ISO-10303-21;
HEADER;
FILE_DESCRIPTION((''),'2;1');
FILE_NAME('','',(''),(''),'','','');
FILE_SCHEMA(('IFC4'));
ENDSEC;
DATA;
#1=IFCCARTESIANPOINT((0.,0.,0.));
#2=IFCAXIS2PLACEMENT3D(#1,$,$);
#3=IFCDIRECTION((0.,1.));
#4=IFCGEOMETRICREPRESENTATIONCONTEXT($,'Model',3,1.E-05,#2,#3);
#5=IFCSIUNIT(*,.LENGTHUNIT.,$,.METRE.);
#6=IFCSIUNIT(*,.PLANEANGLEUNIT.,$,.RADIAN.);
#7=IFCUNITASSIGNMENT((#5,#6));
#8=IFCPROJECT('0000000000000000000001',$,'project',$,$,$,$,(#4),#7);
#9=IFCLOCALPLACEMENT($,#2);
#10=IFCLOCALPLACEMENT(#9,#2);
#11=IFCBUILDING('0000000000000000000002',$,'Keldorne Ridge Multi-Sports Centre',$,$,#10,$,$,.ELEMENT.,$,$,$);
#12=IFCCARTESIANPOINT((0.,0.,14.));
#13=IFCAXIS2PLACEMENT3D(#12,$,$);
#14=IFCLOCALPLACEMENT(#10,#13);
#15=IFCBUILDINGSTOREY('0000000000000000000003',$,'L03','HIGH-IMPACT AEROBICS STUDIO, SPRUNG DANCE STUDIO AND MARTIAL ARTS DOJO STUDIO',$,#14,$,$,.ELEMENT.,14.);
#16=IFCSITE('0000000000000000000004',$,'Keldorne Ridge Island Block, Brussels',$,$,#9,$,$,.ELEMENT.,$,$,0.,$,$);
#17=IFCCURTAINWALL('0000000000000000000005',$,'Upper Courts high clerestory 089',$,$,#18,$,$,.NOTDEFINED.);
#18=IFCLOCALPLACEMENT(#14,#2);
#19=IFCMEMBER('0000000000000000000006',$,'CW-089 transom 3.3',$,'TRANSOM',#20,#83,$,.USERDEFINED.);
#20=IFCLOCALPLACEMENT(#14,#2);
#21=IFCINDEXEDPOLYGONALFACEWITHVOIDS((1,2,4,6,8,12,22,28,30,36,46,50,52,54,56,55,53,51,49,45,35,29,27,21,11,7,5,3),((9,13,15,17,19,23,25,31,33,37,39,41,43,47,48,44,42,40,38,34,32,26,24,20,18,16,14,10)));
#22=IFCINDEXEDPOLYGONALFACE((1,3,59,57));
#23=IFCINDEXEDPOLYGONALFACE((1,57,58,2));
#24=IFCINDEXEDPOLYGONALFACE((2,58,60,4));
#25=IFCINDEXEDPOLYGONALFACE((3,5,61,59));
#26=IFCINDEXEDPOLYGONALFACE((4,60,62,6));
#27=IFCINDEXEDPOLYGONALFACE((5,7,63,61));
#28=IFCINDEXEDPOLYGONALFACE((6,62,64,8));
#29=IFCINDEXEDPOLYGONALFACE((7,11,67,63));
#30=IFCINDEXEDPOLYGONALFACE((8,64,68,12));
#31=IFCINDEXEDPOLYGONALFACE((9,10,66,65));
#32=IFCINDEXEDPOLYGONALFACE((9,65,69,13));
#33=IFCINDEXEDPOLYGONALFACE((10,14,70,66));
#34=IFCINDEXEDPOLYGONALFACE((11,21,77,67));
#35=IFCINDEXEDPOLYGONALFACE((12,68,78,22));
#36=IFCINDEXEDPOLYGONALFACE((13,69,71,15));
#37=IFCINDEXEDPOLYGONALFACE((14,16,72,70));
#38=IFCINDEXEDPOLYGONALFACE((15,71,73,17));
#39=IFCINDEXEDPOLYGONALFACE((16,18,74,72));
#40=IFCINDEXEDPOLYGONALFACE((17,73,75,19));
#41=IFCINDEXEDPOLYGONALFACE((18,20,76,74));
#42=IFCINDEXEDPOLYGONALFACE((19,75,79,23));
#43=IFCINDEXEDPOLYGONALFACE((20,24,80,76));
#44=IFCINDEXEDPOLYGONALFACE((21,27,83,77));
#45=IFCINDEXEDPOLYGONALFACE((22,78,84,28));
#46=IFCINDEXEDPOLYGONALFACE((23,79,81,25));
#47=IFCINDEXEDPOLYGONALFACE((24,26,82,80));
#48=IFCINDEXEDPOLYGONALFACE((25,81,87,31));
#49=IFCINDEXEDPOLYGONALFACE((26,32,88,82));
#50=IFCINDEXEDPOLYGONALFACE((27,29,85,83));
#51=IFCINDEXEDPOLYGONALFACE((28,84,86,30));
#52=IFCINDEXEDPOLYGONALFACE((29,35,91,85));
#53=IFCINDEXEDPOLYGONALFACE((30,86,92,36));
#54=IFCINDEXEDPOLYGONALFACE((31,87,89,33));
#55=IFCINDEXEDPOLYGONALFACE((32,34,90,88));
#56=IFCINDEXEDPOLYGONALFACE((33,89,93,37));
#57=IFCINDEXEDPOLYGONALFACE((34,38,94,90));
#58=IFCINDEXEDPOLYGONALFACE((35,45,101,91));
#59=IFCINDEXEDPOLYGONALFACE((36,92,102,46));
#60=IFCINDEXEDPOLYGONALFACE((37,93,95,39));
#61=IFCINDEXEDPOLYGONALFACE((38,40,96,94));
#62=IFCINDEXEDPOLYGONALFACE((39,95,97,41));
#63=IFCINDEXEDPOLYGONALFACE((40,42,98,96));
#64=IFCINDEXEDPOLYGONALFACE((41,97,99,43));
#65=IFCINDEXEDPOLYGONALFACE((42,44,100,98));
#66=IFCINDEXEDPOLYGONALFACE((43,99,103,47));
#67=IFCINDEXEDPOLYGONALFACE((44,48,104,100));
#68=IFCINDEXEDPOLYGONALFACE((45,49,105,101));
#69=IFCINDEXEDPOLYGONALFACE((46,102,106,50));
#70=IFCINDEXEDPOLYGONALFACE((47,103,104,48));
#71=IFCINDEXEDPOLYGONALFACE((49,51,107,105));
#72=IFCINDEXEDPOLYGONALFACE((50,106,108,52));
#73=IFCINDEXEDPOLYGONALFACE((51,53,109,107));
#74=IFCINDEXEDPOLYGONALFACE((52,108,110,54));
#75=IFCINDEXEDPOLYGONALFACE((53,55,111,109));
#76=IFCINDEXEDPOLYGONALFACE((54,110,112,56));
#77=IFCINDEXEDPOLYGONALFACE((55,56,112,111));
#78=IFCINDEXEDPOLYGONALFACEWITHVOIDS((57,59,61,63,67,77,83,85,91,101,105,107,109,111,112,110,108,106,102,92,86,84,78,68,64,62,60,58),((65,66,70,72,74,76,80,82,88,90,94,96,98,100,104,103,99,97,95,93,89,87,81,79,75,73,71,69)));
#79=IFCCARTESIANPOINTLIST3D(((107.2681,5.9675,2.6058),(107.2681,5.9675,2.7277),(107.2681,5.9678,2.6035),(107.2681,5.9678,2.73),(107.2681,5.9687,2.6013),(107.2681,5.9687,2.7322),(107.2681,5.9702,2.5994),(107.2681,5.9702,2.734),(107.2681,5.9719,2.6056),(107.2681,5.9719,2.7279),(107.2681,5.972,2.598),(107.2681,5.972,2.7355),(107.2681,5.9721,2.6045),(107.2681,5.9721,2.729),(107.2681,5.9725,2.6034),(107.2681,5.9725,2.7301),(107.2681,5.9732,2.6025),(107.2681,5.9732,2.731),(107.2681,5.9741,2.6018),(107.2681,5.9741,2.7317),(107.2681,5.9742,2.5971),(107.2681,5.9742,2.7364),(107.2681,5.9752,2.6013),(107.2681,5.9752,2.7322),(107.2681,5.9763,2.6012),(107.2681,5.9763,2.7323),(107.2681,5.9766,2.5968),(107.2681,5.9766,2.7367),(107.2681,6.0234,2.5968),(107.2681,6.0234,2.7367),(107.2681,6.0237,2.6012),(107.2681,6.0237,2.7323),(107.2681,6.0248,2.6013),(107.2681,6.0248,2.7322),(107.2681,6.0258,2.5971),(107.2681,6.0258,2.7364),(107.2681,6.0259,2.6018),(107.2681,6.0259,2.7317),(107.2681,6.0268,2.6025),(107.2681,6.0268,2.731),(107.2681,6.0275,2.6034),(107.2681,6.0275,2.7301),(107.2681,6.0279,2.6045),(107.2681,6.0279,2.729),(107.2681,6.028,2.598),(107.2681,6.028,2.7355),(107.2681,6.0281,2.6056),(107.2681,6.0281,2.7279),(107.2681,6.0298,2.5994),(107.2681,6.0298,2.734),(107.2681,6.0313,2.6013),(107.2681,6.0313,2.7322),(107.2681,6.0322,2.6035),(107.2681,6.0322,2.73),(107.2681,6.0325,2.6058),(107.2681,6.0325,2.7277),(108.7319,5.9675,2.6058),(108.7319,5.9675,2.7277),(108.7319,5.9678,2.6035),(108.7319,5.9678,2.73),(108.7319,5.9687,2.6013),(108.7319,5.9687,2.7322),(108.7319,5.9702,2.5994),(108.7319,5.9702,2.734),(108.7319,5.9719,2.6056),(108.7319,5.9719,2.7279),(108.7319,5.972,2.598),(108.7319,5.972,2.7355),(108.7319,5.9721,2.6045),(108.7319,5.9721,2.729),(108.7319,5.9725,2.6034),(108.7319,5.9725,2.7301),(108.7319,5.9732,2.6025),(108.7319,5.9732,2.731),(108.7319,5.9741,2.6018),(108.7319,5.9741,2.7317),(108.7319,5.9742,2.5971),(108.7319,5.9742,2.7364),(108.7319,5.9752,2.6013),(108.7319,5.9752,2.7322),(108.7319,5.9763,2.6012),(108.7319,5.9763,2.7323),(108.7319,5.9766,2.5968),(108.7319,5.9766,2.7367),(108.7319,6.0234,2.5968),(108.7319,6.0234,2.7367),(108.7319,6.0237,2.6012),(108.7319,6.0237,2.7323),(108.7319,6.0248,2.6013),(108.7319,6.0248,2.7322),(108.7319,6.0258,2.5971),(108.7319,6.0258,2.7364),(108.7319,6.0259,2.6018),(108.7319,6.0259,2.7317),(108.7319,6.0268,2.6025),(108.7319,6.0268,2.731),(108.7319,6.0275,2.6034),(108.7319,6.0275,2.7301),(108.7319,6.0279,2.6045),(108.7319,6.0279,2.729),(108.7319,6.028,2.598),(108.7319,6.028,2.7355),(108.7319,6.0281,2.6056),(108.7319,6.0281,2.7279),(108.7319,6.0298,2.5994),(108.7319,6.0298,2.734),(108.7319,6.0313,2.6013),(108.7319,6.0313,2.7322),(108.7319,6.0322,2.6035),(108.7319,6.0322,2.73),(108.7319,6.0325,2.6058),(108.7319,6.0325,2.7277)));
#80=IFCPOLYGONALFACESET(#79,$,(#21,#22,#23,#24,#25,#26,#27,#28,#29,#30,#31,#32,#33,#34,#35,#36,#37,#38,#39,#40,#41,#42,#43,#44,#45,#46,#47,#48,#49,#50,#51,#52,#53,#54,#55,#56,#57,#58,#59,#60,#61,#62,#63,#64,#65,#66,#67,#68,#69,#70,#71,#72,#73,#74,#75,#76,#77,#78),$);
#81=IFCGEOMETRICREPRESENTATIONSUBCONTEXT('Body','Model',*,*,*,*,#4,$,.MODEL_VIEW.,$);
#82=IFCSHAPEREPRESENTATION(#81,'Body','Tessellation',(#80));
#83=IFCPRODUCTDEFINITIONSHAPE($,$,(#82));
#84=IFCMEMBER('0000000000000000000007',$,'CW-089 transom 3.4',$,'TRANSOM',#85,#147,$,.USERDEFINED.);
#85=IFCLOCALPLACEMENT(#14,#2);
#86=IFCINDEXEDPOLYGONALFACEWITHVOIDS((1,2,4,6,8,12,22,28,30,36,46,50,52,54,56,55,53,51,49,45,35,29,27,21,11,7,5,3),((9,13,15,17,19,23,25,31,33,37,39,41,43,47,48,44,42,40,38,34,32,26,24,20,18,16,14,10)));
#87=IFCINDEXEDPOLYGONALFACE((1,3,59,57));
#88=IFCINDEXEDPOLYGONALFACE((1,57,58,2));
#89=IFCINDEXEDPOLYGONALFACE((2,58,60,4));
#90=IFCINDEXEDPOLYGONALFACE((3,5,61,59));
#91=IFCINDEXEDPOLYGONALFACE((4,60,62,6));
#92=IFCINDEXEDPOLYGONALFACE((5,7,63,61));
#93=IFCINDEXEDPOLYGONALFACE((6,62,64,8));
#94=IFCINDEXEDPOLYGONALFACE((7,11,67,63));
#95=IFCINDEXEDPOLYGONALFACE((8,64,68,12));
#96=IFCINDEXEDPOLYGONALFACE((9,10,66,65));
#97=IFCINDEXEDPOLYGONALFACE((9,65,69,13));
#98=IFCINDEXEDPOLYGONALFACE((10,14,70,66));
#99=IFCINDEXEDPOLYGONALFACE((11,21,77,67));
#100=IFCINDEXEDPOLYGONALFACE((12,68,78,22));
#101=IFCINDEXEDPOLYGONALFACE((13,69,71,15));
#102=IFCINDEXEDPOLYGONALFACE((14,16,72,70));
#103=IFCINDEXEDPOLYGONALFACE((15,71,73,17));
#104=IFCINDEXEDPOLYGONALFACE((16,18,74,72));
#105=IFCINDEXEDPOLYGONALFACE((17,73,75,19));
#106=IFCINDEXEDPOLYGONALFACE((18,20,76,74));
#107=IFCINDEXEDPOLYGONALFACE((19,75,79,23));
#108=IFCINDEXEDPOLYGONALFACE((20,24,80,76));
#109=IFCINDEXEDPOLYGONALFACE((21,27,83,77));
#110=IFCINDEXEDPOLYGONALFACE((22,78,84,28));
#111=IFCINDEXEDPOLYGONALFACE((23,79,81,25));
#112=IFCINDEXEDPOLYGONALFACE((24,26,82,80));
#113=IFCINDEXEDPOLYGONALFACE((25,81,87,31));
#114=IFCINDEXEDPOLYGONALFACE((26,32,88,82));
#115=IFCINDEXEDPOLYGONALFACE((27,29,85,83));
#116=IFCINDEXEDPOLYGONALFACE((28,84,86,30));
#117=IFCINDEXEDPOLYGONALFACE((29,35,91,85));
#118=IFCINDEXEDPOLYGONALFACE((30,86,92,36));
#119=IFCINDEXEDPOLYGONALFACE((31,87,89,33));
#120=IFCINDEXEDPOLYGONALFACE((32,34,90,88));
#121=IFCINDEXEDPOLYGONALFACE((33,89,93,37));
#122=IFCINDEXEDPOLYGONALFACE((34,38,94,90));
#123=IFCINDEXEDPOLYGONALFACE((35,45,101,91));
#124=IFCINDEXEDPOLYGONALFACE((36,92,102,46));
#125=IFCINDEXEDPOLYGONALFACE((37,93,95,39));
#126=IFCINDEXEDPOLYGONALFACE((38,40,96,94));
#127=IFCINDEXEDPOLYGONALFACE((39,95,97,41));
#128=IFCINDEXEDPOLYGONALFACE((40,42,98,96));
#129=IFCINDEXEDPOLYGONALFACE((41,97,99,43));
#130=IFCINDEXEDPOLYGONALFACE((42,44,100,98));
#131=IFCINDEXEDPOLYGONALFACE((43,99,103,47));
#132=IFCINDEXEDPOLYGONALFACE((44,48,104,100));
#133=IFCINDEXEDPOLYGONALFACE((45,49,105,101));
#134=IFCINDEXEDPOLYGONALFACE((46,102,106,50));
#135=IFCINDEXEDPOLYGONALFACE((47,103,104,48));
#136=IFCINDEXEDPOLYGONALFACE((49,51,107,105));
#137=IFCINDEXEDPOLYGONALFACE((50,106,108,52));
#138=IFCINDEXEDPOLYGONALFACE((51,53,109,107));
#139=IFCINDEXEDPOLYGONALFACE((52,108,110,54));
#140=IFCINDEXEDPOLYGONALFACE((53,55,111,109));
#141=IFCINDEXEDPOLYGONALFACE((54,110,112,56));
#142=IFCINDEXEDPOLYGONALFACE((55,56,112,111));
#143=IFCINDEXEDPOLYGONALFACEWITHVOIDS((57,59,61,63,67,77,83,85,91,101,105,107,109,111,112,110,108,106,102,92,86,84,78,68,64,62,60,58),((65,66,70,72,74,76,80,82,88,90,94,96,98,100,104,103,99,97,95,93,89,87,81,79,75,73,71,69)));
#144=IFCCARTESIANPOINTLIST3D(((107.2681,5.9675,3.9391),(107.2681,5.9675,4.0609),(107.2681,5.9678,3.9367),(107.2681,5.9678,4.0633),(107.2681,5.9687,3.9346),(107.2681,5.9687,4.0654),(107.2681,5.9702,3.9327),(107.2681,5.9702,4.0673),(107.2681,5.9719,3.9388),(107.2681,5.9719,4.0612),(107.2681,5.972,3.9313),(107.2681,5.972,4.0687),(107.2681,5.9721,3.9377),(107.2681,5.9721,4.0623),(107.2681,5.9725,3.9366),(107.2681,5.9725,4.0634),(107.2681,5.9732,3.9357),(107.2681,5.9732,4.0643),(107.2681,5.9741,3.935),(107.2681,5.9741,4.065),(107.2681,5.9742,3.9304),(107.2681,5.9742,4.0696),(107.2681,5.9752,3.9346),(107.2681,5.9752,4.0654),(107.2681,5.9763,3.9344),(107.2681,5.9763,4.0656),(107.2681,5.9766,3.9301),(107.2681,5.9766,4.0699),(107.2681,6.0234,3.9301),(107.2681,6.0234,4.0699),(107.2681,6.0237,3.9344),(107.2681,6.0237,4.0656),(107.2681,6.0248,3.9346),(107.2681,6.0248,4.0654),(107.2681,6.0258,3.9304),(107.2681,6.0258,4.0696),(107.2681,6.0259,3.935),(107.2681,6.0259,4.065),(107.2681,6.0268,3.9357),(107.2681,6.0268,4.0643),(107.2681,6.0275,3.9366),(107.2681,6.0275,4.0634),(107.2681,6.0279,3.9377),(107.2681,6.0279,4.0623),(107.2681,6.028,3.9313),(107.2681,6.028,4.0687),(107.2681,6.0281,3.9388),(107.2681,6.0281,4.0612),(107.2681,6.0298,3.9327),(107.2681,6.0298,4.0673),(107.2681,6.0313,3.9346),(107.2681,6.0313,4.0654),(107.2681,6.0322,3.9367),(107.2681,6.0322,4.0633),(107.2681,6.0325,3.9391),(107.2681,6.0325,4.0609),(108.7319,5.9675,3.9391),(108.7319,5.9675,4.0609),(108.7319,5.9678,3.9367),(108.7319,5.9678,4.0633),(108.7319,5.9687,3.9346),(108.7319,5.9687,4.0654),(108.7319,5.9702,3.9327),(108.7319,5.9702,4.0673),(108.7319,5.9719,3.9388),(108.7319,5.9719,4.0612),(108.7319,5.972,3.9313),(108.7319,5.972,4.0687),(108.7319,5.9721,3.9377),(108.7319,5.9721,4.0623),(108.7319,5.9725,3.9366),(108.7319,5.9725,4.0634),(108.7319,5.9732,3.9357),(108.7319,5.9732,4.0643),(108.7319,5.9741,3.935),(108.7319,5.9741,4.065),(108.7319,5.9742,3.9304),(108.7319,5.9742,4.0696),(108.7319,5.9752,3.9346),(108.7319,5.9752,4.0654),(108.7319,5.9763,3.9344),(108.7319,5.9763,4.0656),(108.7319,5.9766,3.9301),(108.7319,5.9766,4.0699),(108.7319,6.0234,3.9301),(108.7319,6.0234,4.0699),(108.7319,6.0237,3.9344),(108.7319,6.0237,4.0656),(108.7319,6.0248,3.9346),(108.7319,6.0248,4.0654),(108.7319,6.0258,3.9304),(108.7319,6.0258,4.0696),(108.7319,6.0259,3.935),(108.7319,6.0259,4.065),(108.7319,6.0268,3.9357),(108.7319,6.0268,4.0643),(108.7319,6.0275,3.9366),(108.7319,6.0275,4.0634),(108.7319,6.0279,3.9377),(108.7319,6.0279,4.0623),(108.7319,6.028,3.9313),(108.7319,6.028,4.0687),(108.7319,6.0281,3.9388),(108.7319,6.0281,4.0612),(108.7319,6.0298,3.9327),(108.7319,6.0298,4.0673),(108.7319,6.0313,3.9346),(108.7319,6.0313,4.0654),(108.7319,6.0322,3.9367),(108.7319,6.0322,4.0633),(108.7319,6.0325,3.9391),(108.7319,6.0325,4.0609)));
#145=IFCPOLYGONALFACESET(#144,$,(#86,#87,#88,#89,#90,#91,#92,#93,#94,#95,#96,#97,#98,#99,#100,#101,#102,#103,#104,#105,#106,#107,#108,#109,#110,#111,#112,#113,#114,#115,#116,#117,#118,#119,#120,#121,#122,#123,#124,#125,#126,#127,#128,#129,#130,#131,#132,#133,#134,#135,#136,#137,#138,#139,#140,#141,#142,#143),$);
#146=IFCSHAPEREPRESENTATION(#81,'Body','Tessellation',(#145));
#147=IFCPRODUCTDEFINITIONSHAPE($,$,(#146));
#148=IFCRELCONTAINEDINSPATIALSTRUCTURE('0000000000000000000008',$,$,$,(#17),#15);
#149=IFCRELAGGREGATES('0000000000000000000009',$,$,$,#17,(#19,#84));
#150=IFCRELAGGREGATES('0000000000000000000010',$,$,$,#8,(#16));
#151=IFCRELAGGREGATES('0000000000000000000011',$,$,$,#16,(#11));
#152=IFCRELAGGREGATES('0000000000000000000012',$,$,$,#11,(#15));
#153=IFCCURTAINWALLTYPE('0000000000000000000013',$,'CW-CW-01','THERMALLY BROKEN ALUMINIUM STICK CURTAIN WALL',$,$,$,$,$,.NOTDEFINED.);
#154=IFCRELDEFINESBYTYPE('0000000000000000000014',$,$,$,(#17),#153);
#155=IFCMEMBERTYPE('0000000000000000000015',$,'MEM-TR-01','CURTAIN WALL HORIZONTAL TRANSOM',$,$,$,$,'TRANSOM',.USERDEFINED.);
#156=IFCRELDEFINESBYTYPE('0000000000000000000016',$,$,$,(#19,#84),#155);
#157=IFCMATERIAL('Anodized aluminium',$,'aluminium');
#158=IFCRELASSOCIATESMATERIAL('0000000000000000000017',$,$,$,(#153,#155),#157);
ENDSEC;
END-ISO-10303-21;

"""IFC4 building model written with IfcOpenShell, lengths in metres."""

from ifc_helpers import new_model, si_unit, direction, frame, origin, origin_2d, place, context, subcontext, project, spatial, hollow_rectangle, extrude, material, material_profile, profile_set, type_object, element, aggregate, save


model = new_model("IFC4")

# Units and contexts
model_context = context("Model", 3, precision=1e-05, world=origin(), true_north=direction((0.0, 1.0)))
body_context = subcontext(model_context, "Body", "Model", "MODEL_VIEW")
ifc_project = project(units=[si_unit("LENGTHUNIT", "METRE"), si_unit("PLANEANGLEUNIT", "RADIAN")], contexts=[model_context])

# Site, building, storey
site_placement = place(None, origin())
site = spatial("IfcSite", under=ifc_project, at=site_placement, Name="Keldorne Ridge Island Block, Brussels", CompositionType="ELEMENT", RefElevation=0.0)
building_placement = place(site_placement, origin())
building = spatial("IfcBuilding", under=site, at=building_placement, Name="Keldorne Ridge Multi-Sports Centre", CompositionType="ELEMENT")
storey_placement = place(building_placement, frame((0.0, 0.0, 14.0)))
storey = spatial("IfcBuildingStorey", under=building, at=storey_placement, Name="L03", Description="HIGH-IMPACT AEROBICS STUDIO, SPRUNG DANCE STUDIO AND MARTIAL ARTS DOJO STUDIO", CompositionType="ELEMENT", Elevation=14.0)

# Curtain wall, members
ifc_material_1 = material(Name="Anodized aluminium", Category="aluminium")
curtain_wall_type = type_object("IfcCurtainWallType", Name="CW-CW-01", Description="THERMALLY BROKEN ALUMINIUM STICK CURTAIN WALL", PredefinedType="NOTDEFINED", material=ifc_material_1)
curtain_wall_placement = place(storey_placement, origin())
curtain_wall = element("IfcCurtainWall", 1, at=curtain_wall_placement, inside=storey, type_object=curtain_wall_type, Name="Upper Courts high clerestory 089", PredefinedType="NOTDEFINED")
ifc_material_profile_1 = material_profile(ifc_material_1, hollow_rectangle(XDim=0.0649, YDim=0.1399, WallThickness=0.0044, InnerFilletRadius=0.0044, OuterFilletRadius=0.009, at=origin_2d()), Name="ALU TRANSOM 140x65x4.5")
ifc_profile_set_1 = profile_set([ifc_material_profile_1], Name="Anodized aluminium")
member_type_1 = type_object("IfcMemberType", Name="MEM-TR-01", Description="CURTAIN WALL HORIZONTAL TRANSOM", ElementType="TRANSOM", PredefinedType="USERDEFINED", material=ifc_profile_set_1)
member_1_placement = place(storey_placement, frame((107.2681, 6.0, 2.6667), z_axis=(1.0, 0.0, 0.0), x_axis=(0.0, 1.0, 0.0)))
member_1 = element("IfcMember", 2, at=member_1_placement, type_object=member_type_1, Name="CW-089 transom 3.3", ObjectType="TRANSOM", PredefinedType="USERDEFINED", context=body_context, shape_type="SweptSolid", body=[
    extrude(hollow_rectangle(XDim=0.0649, YDim=0.1399, WallThickness=0.0044, InnerFilletRadius=0.0044, OuterFilletRadius=0.009, at=origin_2d()), origin(), (0.0, 0.0, 1.0), 1.4639),
])
member_2_placement = place(storey_placement, frame((107.2681, 6.0, 4.0), z_axis=(1.0, 0.0, 0.0), x_axis=(0.0, 1.0, 0.0)))
member_2 = element("IfcMember", 3, at=member_2_placement, type_object=member_type_1, Name="CW-089 transom 3.4", ObjectType="TRANSOM", PredefinedType="USERDEFINED", context=body_context, shape_type="SweptSolid", body=[
    extrude(hollow_rectangle(XDim=0.0649, YDim=0.1399, WallThickness=0.0044, InnerFilletRadius=0.0044, OuterFilletRadius=0.009, at=origin_2d()), origin(), (0.0, 0.0, 1.0), 1.4639),
])
aggregate(curtain_wall, [member_1, member_2])

save(model, "model.ifc")
